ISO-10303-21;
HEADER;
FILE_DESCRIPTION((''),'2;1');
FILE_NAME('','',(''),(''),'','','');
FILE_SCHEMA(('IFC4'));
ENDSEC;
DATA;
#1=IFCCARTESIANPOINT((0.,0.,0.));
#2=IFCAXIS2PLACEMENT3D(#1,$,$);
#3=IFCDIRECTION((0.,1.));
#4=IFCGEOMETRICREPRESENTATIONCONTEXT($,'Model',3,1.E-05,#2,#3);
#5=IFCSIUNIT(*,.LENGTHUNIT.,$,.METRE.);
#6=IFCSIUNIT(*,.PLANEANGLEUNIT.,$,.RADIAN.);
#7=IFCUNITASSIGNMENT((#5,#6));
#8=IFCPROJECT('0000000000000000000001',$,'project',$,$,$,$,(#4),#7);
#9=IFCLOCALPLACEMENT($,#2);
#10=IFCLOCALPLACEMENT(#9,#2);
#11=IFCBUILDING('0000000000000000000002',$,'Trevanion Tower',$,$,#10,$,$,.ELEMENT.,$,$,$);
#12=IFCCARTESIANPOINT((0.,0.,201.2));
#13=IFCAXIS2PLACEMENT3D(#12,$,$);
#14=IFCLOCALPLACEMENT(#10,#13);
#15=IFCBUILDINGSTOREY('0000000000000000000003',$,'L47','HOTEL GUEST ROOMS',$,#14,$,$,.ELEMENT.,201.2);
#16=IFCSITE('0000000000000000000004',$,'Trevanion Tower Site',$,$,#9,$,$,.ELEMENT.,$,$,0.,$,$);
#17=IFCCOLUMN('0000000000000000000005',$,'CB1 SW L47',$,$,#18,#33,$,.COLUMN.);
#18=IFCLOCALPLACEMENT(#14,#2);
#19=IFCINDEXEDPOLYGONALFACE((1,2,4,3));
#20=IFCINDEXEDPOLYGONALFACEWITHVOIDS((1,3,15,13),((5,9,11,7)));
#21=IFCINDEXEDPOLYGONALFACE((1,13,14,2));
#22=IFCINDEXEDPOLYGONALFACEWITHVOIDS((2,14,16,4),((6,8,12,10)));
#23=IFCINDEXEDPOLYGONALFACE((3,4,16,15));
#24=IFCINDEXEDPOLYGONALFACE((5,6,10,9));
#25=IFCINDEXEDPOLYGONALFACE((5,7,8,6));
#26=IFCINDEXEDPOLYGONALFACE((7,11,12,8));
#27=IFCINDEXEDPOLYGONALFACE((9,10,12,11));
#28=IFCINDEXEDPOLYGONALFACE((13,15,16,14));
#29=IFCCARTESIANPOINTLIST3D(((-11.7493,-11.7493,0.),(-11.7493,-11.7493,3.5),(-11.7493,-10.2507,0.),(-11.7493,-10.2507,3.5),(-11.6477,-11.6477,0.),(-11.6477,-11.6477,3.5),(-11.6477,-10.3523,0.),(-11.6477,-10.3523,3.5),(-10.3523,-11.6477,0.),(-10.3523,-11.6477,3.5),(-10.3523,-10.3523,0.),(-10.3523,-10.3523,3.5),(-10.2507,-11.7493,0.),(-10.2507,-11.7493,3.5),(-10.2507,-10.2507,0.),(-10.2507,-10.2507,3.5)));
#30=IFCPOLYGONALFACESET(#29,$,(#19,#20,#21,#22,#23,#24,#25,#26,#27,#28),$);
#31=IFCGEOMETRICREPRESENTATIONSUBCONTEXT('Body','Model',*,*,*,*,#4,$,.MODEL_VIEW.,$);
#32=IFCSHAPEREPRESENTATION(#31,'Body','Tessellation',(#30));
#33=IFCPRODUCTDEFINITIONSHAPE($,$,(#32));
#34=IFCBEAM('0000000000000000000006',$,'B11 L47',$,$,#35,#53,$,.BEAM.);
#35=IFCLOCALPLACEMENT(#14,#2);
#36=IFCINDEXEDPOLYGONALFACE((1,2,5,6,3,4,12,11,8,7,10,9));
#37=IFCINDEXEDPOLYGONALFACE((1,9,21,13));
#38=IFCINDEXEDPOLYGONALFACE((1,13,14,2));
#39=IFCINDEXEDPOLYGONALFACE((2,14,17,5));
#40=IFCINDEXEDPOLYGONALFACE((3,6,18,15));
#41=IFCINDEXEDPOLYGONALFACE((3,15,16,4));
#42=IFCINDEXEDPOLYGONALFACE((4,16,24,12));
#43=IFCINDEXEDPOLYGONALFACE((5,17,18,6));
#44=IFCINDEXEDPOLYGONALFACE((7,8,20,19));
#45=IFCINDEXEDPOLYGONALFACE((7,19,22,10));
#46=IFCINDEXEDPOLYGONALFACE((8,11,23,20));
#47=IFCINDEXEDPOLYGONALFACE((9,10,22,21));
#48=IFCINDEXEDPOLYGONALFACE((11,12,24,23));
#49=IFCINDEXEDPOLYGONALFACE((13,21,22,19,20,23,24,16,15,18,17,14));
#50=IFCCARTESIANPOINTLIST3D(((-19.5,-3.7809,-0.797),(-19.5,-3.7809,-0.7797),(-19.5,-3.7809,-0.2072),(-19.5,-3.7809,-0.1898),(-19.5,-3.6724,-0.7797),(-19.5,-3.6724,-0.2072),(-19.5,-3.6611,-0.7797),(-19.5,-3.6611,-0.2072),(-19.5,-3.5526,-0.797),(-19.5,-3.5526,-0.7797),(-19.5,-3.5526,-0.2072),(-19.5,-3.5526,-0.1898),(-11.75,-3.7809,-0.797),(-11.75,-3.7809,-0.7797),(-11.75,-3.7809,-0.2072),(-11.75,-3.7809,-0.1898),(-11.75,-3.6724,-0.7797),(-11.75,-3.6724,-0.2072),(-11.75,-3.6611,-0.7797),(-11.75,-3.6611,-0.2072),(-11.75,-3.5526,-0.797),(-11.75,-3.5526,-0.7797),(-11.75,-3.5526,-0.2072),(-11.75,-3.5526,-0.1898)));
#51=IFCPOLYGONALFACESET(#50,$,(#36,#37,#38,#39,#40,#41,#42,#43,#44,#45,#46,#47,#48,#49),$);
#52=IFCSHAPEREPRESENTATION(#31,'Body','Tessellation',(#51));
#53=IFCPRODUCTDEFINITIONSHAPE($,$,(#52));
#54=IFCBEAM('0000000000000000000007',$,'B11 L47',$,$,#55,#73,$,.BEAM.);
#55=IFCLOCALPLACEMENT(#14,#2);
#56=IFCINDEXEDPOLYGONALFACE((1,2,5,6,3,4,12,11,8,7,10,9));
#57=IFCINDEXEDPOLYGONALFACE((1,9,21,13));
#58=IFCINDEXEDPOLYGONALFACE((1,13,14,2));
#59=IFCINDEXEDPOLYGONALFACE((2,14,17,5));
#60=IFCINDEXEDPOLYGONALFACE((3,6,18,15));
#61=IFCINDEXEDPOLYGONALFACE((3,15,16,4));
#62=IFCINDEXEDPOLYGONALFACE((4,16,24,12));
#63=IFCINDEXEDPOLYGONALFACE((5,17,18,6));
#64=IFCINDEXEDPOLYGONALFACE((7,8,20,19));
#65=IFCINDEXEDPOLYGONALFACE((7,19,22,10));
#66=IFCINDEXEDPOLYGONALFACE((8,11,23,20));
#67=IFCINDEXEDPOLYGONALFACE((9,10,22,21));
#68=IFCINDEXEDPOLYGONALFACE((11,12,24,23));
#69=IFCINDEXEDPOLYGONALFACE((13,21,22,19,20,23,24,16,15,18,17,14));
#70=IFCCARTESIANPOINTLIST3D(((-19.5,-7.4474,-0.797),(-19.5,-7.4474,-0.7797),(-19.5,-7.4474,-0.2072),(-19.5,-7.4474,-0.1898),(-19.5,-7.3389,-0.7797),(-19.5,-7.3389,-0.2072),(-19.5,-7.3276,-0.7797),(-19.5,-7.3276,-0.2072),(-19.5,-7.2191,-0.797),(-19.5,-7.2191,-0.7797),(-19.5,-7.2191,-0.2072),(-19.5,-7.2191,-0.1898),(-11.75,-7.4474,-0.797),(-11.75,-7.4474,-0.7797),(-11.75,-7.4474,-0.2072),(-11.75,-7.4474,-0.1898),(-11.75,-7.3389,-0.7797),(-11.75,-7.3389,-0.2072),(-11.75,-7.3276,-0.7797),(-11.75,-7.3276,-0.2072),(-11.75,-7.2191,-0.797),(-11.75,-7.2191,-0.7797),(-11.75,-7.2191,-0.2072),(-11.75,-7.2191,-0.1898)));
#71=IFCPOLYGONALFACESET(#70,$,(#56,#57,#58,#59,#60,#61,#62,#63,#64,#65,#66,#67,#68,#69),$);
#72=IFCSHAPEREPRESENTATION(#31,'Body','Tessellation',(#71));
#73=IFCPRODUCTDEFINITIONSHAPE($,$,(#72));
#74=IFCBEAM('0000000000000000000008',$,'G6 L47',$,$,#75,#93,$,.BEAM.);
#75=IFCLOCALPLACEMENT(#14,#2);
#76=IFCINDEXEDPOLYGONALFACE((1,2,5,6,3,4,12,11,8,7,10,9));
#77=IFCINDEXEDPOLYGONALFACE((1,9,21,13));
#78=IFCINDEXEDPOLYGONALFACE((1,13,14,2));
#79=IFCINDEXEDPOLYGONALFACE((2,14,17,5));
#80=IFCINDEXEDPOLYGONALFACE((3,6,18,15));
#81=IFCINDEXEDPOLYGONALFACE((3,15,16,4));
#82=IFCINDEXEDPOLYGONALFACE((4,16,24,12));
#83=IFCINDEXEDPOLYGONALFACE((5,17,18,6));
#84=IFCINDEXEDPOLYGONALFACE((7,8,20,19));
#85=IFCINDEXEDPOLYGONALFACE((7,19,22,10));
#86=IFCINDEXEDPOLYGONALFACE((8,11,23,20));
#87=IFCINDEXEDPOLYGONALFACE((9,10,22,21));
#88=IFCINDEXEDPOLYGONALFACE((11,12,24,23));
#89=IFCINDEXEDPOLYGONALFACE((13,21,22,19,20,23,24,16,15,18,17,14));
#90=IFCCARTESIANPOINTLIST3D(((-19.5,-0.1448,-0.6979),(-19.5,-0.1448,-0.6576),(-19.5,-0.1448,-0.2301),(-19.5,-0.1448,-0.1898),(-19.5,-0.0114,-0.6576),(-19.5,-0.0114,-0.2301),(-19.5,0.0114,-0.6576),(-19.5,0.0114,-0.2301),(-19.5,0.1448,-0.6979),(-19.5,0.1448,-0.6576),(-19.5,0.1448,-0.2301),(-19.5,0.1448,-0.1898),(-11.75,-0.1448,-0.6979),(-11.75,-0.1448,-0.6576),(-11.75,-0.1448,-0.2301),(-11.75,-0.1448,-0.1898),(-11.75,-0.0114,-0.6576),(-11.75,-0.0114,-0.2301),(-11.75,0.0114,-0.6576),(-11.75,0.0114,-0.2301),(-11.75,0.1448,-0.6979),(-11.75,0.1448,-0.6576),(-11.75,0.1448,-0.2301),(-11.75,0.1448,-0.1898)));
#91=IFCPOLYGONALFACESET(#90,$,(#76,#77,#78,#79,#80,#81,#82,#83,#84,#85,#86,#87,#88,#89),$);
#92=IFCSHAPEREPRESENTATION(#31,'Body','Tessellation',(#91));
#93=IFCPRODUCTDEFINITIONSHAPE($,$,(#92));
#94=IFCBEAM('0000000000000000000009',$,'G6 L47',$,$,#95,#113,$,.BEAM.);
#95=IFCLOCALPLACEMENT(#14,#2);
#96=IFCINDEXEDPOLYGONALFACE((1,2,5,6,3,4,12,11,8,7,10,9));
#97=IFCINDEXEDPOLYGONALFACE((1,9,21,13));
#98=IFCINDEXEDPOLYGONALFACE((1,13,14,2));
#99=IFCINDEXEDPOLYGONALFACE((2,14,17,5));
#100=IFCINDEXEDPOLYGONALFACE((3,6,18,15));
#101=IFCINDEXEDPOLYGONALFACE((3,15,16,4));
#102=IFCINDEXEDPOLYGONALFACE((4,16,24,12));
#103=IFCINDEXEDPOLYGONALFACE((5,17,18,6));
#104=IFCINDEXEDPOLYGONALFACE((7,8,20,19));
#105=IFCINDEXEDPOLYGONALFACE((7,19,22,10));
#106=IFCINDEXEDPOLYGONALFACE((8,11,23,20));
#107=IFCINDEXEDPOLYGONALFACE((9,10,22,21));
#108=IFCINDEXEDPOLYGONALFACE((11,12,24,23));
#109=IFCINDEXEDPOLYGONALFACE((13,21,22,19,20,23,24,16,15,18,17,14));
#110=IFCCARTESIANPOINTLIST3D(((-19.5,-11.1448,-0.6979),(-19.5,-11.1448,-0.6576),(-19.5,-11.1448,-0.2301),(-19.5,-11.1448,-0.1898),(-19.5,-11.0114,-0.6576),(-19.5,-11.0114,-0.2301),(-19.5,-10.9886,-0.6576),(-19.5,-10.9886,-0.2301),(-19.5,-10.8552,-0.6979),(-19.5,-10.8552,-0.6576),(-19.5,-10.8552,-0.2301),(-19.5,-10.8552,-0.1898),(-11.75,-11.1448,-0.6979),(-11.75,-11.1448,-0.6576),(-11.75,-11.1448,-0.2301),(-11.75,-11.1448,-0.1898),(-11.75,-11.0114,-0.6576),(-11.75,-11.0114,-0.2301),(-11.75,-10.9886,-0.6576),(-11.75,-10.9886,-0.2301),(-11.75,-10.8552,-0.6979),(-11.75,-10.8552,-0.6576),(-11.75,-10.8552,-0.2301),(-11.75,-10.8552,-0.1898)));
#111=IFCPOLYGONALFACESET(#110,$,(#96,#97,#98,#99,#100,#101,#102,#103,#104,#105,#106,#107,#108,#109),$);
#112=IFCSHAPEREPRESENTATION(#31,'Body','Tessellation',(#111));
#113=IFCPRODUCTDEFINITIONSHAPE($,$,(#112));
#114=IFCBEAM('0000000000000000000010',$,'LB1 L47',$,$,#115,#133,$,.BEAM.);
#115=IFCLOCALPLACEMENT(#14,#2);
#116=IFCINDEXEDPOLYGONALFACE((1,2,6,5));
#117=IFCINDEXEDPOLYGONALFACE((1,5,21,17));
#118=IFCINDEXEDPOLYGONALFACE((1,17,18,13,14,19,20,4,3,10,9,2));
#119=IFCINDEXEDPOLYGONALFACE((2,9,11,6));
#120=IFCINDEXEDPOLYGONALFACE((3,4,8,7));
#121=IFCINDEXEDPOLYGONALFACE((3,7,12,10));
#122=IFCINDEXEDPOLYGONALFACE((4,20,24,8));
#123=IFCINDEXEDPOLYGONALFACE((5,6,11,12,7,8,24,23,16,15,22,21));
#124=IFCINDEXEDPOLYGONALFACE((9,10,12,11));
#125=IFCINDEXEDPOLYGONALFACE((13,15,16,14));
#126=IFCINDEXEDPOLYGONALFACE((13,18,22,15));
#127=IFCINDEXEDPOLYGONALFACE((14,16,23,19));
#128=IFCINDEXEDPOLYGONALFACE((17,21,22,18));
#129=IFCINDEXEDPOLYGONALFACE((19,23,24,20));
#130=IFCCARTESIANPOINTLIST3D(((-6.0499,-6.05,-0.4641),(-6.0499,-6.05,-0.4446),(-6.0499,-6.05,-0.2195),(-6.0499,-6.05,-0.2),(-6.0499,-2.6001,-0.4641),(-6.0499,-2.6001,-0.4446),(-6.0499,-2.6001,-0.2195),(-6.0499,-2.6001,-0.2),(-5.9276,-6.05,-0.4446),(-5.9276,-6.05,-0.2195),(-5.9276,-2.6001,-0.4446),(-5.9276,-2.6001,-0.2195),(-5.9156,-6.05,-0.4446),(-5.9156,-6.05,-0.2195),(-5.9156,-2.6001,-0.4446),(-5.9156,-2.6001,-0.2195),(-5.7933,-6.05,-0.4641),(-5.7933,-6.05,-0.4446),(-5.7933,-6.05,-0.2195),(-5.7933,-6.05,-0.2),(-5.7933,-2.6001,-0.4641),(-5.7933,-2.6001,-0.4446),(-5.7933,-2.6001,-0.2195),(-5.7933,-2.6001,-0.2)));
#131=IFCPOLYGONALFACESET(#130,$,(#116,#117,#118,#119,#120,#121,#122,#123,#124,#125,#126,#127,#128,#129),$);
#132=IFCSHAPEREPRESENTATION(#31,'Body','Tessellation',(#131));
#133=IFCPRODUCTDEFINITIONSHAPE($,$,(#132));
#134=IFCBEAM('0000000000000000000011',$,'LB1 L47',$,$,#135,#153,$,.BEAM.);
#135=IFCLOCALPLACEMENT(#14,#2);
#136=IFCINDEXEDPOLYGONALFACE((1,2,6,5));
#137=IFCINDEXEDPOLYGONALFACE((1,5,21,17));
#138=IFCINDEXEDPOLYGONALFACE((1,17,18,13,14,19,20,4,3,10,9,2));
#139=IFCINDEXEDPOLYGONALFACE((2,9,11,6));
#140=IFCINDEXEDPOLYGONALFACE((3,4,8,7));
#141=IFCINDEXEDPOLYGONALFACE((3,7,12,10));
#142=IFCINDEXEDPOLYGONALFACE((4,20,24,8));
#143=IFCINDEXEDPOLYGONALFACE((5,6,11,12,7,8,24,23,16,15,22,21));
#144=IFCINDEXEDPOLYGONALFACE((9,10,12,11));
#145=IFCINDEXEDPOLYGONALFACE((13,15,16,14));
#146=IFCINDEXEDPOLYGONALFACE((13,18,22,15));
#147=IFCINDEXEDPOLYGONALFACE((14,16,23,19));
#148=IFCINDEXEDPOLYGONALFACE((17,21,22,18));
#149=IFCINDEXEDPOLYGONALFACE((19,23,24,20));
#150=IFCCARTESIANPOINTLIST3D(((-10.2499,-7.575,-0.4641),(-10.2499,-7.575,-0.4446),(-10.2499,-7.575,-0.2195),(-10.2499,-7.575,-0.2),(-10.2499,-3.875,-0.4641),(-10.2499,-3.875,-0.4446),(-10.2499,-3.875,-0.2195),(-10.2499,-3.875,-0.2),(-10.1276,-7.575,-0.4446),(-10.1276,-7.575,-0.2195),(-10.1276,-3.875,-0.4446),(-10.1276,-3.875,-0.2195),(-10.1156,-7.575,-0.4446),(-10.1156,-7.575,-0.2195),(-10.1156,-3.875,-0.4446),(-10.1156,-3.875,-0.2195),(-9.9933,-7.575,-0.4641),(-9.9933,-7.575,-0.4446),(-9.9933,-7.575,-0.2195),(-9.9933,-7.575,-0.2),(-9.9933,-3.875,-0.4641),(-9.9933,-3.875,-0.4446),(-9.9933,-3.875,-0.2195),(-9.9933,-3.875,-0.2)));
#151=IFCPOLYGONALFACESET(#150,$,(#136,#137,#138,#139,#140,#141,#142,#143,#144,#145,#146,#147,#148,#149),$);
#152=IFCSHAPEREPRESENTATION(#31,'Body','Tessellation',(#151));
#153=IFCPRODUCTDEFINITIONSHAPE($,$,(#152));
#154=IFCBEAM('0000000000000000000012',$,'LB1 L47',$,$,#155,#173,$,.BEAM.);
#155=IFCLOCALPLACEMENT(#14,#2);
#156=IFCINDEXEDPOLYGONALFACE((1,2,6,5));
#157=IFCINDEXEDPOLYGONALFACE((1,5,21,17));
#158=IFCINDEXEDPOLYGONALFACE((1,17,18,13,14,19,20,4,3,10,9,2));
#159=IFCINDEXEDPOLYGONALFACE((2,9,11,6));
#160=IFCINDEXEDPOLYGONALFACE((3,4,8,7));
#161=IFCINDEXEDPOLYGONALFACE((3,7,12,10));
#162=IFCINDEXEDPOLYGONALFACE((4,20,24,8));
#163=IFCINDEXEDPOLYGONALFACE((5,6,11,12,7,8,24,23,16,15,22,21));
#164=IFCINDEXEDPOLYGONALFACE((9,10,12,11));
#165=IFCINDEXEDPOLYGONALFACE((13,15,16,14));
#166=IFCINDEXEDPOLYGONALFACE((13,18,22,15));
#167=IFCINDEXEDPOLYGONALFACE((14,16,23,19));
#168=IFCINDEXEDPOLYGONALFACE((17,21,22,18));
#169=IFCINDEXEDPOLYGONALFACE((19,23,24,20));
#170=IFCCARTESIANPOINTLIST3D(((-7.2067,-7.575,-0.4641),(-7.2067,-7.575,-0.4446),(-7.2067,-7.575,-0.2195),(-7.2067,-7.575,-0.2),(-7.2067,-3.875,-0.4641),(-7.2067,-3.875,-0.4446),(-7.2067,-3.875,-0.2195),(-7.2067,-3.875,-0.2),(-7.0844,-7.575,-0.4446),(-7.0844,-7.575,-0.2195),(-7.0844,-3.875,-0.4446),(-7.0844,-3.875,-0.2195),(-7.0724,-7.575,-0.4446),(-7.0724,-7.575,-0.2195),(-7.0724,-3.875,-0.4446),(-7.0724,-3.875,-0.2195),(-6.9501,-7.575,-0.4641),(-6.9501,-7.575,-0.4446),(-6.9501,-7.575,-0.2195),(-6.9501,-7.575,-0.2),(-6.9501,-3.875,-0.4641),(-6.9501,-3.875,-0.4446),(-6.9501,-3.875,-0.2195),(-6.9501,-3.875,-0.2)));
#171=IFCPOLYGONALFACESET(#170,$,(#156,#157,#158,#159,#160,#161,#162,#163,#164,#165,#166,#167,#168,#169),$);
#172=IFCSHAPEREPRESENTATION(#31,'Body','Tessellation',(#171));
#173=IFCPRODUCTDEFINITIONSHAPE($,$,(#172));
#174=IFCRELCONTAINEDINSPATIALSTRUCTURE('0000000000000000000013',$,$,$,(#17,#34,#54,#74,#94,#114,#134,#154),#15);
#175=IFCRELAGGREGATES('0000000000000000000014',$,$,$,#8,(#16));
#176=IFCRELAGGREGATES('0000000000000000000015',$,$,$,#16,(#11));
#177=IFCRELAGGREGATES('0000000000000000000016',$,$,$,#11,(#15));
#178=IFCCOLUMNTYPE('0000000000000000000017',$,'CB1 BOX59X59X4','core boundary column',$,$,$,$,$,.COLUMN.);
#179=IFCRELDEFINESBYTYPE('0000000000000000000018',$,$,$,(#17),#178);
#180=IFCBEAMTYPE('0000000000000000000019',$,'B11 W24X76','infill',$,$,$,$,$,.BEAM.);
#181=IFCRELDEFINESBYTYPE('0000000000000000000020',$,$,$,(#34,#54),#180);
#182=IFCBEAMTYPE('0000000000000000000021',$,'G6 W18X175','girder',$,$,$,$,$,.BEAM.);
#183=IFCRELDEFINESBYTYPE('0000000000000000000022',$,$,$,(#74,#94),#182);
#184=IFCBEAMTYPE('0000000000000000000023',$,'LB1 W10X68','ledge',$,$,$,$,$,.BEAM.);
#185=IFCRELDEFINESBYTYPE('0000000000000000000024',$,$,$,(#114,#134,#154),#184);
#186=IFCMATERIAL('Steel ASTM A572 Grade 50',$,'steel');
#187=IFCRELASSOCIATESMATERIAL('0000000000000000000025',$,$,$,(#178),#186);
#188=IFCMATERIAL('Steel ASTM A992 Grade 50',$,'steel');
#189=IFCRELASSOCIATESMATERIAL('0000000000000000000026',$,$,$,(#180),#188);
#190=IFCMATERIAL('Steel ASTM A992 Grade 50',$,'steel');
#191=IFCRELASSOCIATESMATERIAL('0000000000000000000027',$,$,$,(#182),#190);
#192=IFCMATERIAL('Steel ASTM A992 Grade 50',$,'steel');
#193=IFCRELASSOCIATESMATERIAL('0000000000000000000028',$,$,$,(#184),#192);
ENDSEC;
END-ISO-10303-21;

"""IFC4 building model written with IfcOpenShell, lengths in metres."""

from ifc_helpers import new_model, si_unit, direction, frame, origin, origin_2d, place, context, subcontext, project, spatial, hollow_rectangle, i_section, extrude, material, material_profile, profile_set, type_object, element, save


model = new_model("IFC4")

# Units and contexts
model_context = context("Model", 3, precision=1e-05, world=origin(), true_north=direction((0.0, 1.0)))
body_context = subcontext(model_context, "Body", "Model", "MODEL_VIEW")
ifc_project = project(units=[si_unit("LENGTHUNIT", "METRE"), si_unit("PLANEANGLEUNIT", "RADIAN")], contexts=[model_context])

# Site, building, storey
site_placement = place(None, origin())
site = spatial("IfcSite", under=ifc_project, at=site_placement, Name="Trevanion Tower Site", CompositionType="ELEMENT", RefElevation=0.0)
building_placement = place(site_placement, origin())
building = spatial("IfcBuilding", under=site, at=building_placement, Name="Trevanion Tower", CompositionType="ELEMENT")
storey_placement = place(building_placement, frame((0.0, 0.0, 201.2)))
storey = spatial("IfcBuildingStorey", under=building, at=storey_placement, Name="L47", Description="HOTEL GUEST ROOMS", CompositionType="ELEMENT", Elevation=201.2)

# Column
ifc_material_1 = material(Name="Steel ASTM A572 Grade 50", Category="steel")
ifc_material_profile_1 = material_profile(ifc_material_1, hollow_rectangle(XDim=1.4985, YDim=1.4985, WallThickness=0.1016, at=origin_2d()), Name="BOX59X59X4")
ifc_profile_set_1 = profile_set([ifc_material_profile_1], Name="Steel ASTM A572 Grade 50")
column_type = type_object("IfcColumnType", Name="CB1 BOX59X59X4", Description="core boundary column", PredefinedType="COLUMN", material=ifc_profile_set_1)
column_placement = place(storey_placement, frame((-11.0, -11.0, 0.0), z_axis=(0.0, 0.0, 1.0), x_axis=(1.0, 0.0, 0.0)))
element("IfcColumn", 1, at=column_placement, inside=storey, type_object=column_type, Name="CB1 SW L47", PredefinedType="COLUMN", context=body_context, shape_type="SweptSolid", body=[
    extrude(hollow_rectangle(XDim=1.4985, YDim=1.4985, WallThickness=0.1016, at=origin_2d()), origin(), (0.0, 0.0, 1.0), 3.5),
])

# Beams
ifc_material_2 = material(Name="Steel ASTM A992 Grade 50", Category="steel")
ifc_material_profile_2 = material_profile(ifc_material_2, i_section(OverallWidth=0.2283, OverallDepth=0.6072, WebThickness=0.0112, FlangeThickness=0.0173, at=origin_2d()), Name="W24X76")
ifc_profile_set_2 = profile_set([ifc_material_profile_2], Name="Steel ASTM A992 Grade 50")
beam_type_1 = type_object("IfcBeamType", Name="B11 W24X76", Description="infill", PredefinedType="BEAM", material=ifc_profile_set_2)
for number, where, z_axis, x_axis, name in (
    (2, (-11.75, -3.6667, -0.4934), (-1.0, 0.0, 0.0), (0.0, -1.0, 0.0), "B11 L47"),
    (3, (-11.75, -7.3333, -0.4934), (-1.0, 0.0, 0.0), (0.0, -1.0, 0.0), "B11 L47"),
):
    element("IfcBeam", number, at=place(storey_placement, frame(where, z_axis=z_axis, x_axis=x_axis)), inside=storey, type_object=beam_type_1, Name=name, PredefinedType="BEAM", context=body_context, shape_type="SweptSolid", body=[
        extrude(i_section(OverallWidth=0.2283, OverallDepth=0.6072, WebThickness=0.0112, FlangeThickness=0.0173, at=origin_2d()), origin(), (0.0, 0.0, 1.0), 7.75),
    ])
ifc_material_3 = material(Name="Steel ASTM A992 Grade 50", Category="steel")
ifc_material_profile_3 = material_profile(ifc_material_3, i_section(OverallWidth=0.2896, OverallDepth=0.5081, WebThickness=0.0227, FlangeThickness=0.0403, at=origin_2d()), Name="W18X175")
ifc_profile_set_3 = profile_set([ifc_material_profile_3], Name="Steel ASTM A992 Grade 50")
beam_type_2 = type_object("IfcBeamType", Name="G6 W18X175", Description="girder", PredefinedType="BEAM", material=ifc_profile_set_3)
for number, where, z_axis, x_axis, name in (
    (4, (-11.75, 0.0, -0.4438), (-1.0, 0.0, 0.0), (0.0, -1.0, 0.0), "G6 L47"),
    (5, (-11.75, -11.0, -0.4438), (-1.0, 0.0, 0.0), (0.0, -1.0, 0.0), "G6 L47"),
):
    element("IfcBeam", number, at=place(storey_placement, frame(where, z_axis=z_axis, x_axis=x_axis)), inside=storey, type_object=beam_type_2, Name=name, PredefinedType="BEAM", context=body_context, shape_type="SweptSolid", body=[
        extrude(i_section(OverallWidth=0.2896, OverallDepth=0.5081, WebThickness=0.0227, FlangeThickness=0.0403, at=origin_2d()), origin(), (0.0, 0.0, 1.0), 7.75),
    ])
ifc_material_4 = material(Name="Steel ASTM A992 Grade 50", Category="steel")
ifc_material_profile_4 = material_profile(ifc_material_4, i_section(OverallWidth=0.2566, OverallDepth=0.2642, WebThickness=0.012, FlangeThickness=0.0195, at=origin_2d()), Name="W10X68")
ifc_profile_set_4 = profile_set([ifc_material_profile_4], Name="Steel ASTM A992 Grade 50")
beam_type_3 = type_object("IfcBeamType", Name="LB1 W10X68", Description="ledge", PredefinedType="BEAM", material=ifc_profile_set_4)
beam_1_placement = place(storey_placement, frame((-5.9216, -6.05, -0.332), z_axis=(0.0, 1.0, 0.0), x_axis=(-1.0, 0.0, 0.0)))
element("IfcBeam", 6, at=beam_1_placement, inside=storey, type_object=beam_type_3, Name="LB1 L47", PredefinedType="BEAM", context=body_context, shape_type="SweptSolid", body=[
    extrude(i_section(OverallWidth=0.2566, OverallDepth=0.2642, WebThickness=0.012, FlangeThickness=0.0195, at=origin_2d()), origin(), (0.0, 0.0, 1.0), 3.45),
])
for number, where, z_axis, x_axis, name in (
    (7, (-10.1216, -7.575, -0.332), (0.0, 1.0, 0.0), (-1.0, 0.0, 0.0), "LB1 L47"),
    (8, (-7.0784, -7.575, -0.332), (0.0, 1.0, 0.0), (-1.0, 0.0, 0.0), "LB1 L47"),
):
    element("IfcBeam", number, at=place(storey_placement, frame(where, z_axis=z_axis, x_axis=x_axis)), inside=storey, type_object=beam_type_3, Name=name, PredefinedType="BEAM", context=body_context, shape_type="SweptSolid", body=[
        extrude(i_section(OverallWidth=0.2566, OverallDepth=0.2642, WebThickness=0.012, FlangeThickness=0.0195, at=origin_2d()), origin(), (0.0, 0.0, 1.0), 3.7),
    ])

save(model, "model.ifc")
